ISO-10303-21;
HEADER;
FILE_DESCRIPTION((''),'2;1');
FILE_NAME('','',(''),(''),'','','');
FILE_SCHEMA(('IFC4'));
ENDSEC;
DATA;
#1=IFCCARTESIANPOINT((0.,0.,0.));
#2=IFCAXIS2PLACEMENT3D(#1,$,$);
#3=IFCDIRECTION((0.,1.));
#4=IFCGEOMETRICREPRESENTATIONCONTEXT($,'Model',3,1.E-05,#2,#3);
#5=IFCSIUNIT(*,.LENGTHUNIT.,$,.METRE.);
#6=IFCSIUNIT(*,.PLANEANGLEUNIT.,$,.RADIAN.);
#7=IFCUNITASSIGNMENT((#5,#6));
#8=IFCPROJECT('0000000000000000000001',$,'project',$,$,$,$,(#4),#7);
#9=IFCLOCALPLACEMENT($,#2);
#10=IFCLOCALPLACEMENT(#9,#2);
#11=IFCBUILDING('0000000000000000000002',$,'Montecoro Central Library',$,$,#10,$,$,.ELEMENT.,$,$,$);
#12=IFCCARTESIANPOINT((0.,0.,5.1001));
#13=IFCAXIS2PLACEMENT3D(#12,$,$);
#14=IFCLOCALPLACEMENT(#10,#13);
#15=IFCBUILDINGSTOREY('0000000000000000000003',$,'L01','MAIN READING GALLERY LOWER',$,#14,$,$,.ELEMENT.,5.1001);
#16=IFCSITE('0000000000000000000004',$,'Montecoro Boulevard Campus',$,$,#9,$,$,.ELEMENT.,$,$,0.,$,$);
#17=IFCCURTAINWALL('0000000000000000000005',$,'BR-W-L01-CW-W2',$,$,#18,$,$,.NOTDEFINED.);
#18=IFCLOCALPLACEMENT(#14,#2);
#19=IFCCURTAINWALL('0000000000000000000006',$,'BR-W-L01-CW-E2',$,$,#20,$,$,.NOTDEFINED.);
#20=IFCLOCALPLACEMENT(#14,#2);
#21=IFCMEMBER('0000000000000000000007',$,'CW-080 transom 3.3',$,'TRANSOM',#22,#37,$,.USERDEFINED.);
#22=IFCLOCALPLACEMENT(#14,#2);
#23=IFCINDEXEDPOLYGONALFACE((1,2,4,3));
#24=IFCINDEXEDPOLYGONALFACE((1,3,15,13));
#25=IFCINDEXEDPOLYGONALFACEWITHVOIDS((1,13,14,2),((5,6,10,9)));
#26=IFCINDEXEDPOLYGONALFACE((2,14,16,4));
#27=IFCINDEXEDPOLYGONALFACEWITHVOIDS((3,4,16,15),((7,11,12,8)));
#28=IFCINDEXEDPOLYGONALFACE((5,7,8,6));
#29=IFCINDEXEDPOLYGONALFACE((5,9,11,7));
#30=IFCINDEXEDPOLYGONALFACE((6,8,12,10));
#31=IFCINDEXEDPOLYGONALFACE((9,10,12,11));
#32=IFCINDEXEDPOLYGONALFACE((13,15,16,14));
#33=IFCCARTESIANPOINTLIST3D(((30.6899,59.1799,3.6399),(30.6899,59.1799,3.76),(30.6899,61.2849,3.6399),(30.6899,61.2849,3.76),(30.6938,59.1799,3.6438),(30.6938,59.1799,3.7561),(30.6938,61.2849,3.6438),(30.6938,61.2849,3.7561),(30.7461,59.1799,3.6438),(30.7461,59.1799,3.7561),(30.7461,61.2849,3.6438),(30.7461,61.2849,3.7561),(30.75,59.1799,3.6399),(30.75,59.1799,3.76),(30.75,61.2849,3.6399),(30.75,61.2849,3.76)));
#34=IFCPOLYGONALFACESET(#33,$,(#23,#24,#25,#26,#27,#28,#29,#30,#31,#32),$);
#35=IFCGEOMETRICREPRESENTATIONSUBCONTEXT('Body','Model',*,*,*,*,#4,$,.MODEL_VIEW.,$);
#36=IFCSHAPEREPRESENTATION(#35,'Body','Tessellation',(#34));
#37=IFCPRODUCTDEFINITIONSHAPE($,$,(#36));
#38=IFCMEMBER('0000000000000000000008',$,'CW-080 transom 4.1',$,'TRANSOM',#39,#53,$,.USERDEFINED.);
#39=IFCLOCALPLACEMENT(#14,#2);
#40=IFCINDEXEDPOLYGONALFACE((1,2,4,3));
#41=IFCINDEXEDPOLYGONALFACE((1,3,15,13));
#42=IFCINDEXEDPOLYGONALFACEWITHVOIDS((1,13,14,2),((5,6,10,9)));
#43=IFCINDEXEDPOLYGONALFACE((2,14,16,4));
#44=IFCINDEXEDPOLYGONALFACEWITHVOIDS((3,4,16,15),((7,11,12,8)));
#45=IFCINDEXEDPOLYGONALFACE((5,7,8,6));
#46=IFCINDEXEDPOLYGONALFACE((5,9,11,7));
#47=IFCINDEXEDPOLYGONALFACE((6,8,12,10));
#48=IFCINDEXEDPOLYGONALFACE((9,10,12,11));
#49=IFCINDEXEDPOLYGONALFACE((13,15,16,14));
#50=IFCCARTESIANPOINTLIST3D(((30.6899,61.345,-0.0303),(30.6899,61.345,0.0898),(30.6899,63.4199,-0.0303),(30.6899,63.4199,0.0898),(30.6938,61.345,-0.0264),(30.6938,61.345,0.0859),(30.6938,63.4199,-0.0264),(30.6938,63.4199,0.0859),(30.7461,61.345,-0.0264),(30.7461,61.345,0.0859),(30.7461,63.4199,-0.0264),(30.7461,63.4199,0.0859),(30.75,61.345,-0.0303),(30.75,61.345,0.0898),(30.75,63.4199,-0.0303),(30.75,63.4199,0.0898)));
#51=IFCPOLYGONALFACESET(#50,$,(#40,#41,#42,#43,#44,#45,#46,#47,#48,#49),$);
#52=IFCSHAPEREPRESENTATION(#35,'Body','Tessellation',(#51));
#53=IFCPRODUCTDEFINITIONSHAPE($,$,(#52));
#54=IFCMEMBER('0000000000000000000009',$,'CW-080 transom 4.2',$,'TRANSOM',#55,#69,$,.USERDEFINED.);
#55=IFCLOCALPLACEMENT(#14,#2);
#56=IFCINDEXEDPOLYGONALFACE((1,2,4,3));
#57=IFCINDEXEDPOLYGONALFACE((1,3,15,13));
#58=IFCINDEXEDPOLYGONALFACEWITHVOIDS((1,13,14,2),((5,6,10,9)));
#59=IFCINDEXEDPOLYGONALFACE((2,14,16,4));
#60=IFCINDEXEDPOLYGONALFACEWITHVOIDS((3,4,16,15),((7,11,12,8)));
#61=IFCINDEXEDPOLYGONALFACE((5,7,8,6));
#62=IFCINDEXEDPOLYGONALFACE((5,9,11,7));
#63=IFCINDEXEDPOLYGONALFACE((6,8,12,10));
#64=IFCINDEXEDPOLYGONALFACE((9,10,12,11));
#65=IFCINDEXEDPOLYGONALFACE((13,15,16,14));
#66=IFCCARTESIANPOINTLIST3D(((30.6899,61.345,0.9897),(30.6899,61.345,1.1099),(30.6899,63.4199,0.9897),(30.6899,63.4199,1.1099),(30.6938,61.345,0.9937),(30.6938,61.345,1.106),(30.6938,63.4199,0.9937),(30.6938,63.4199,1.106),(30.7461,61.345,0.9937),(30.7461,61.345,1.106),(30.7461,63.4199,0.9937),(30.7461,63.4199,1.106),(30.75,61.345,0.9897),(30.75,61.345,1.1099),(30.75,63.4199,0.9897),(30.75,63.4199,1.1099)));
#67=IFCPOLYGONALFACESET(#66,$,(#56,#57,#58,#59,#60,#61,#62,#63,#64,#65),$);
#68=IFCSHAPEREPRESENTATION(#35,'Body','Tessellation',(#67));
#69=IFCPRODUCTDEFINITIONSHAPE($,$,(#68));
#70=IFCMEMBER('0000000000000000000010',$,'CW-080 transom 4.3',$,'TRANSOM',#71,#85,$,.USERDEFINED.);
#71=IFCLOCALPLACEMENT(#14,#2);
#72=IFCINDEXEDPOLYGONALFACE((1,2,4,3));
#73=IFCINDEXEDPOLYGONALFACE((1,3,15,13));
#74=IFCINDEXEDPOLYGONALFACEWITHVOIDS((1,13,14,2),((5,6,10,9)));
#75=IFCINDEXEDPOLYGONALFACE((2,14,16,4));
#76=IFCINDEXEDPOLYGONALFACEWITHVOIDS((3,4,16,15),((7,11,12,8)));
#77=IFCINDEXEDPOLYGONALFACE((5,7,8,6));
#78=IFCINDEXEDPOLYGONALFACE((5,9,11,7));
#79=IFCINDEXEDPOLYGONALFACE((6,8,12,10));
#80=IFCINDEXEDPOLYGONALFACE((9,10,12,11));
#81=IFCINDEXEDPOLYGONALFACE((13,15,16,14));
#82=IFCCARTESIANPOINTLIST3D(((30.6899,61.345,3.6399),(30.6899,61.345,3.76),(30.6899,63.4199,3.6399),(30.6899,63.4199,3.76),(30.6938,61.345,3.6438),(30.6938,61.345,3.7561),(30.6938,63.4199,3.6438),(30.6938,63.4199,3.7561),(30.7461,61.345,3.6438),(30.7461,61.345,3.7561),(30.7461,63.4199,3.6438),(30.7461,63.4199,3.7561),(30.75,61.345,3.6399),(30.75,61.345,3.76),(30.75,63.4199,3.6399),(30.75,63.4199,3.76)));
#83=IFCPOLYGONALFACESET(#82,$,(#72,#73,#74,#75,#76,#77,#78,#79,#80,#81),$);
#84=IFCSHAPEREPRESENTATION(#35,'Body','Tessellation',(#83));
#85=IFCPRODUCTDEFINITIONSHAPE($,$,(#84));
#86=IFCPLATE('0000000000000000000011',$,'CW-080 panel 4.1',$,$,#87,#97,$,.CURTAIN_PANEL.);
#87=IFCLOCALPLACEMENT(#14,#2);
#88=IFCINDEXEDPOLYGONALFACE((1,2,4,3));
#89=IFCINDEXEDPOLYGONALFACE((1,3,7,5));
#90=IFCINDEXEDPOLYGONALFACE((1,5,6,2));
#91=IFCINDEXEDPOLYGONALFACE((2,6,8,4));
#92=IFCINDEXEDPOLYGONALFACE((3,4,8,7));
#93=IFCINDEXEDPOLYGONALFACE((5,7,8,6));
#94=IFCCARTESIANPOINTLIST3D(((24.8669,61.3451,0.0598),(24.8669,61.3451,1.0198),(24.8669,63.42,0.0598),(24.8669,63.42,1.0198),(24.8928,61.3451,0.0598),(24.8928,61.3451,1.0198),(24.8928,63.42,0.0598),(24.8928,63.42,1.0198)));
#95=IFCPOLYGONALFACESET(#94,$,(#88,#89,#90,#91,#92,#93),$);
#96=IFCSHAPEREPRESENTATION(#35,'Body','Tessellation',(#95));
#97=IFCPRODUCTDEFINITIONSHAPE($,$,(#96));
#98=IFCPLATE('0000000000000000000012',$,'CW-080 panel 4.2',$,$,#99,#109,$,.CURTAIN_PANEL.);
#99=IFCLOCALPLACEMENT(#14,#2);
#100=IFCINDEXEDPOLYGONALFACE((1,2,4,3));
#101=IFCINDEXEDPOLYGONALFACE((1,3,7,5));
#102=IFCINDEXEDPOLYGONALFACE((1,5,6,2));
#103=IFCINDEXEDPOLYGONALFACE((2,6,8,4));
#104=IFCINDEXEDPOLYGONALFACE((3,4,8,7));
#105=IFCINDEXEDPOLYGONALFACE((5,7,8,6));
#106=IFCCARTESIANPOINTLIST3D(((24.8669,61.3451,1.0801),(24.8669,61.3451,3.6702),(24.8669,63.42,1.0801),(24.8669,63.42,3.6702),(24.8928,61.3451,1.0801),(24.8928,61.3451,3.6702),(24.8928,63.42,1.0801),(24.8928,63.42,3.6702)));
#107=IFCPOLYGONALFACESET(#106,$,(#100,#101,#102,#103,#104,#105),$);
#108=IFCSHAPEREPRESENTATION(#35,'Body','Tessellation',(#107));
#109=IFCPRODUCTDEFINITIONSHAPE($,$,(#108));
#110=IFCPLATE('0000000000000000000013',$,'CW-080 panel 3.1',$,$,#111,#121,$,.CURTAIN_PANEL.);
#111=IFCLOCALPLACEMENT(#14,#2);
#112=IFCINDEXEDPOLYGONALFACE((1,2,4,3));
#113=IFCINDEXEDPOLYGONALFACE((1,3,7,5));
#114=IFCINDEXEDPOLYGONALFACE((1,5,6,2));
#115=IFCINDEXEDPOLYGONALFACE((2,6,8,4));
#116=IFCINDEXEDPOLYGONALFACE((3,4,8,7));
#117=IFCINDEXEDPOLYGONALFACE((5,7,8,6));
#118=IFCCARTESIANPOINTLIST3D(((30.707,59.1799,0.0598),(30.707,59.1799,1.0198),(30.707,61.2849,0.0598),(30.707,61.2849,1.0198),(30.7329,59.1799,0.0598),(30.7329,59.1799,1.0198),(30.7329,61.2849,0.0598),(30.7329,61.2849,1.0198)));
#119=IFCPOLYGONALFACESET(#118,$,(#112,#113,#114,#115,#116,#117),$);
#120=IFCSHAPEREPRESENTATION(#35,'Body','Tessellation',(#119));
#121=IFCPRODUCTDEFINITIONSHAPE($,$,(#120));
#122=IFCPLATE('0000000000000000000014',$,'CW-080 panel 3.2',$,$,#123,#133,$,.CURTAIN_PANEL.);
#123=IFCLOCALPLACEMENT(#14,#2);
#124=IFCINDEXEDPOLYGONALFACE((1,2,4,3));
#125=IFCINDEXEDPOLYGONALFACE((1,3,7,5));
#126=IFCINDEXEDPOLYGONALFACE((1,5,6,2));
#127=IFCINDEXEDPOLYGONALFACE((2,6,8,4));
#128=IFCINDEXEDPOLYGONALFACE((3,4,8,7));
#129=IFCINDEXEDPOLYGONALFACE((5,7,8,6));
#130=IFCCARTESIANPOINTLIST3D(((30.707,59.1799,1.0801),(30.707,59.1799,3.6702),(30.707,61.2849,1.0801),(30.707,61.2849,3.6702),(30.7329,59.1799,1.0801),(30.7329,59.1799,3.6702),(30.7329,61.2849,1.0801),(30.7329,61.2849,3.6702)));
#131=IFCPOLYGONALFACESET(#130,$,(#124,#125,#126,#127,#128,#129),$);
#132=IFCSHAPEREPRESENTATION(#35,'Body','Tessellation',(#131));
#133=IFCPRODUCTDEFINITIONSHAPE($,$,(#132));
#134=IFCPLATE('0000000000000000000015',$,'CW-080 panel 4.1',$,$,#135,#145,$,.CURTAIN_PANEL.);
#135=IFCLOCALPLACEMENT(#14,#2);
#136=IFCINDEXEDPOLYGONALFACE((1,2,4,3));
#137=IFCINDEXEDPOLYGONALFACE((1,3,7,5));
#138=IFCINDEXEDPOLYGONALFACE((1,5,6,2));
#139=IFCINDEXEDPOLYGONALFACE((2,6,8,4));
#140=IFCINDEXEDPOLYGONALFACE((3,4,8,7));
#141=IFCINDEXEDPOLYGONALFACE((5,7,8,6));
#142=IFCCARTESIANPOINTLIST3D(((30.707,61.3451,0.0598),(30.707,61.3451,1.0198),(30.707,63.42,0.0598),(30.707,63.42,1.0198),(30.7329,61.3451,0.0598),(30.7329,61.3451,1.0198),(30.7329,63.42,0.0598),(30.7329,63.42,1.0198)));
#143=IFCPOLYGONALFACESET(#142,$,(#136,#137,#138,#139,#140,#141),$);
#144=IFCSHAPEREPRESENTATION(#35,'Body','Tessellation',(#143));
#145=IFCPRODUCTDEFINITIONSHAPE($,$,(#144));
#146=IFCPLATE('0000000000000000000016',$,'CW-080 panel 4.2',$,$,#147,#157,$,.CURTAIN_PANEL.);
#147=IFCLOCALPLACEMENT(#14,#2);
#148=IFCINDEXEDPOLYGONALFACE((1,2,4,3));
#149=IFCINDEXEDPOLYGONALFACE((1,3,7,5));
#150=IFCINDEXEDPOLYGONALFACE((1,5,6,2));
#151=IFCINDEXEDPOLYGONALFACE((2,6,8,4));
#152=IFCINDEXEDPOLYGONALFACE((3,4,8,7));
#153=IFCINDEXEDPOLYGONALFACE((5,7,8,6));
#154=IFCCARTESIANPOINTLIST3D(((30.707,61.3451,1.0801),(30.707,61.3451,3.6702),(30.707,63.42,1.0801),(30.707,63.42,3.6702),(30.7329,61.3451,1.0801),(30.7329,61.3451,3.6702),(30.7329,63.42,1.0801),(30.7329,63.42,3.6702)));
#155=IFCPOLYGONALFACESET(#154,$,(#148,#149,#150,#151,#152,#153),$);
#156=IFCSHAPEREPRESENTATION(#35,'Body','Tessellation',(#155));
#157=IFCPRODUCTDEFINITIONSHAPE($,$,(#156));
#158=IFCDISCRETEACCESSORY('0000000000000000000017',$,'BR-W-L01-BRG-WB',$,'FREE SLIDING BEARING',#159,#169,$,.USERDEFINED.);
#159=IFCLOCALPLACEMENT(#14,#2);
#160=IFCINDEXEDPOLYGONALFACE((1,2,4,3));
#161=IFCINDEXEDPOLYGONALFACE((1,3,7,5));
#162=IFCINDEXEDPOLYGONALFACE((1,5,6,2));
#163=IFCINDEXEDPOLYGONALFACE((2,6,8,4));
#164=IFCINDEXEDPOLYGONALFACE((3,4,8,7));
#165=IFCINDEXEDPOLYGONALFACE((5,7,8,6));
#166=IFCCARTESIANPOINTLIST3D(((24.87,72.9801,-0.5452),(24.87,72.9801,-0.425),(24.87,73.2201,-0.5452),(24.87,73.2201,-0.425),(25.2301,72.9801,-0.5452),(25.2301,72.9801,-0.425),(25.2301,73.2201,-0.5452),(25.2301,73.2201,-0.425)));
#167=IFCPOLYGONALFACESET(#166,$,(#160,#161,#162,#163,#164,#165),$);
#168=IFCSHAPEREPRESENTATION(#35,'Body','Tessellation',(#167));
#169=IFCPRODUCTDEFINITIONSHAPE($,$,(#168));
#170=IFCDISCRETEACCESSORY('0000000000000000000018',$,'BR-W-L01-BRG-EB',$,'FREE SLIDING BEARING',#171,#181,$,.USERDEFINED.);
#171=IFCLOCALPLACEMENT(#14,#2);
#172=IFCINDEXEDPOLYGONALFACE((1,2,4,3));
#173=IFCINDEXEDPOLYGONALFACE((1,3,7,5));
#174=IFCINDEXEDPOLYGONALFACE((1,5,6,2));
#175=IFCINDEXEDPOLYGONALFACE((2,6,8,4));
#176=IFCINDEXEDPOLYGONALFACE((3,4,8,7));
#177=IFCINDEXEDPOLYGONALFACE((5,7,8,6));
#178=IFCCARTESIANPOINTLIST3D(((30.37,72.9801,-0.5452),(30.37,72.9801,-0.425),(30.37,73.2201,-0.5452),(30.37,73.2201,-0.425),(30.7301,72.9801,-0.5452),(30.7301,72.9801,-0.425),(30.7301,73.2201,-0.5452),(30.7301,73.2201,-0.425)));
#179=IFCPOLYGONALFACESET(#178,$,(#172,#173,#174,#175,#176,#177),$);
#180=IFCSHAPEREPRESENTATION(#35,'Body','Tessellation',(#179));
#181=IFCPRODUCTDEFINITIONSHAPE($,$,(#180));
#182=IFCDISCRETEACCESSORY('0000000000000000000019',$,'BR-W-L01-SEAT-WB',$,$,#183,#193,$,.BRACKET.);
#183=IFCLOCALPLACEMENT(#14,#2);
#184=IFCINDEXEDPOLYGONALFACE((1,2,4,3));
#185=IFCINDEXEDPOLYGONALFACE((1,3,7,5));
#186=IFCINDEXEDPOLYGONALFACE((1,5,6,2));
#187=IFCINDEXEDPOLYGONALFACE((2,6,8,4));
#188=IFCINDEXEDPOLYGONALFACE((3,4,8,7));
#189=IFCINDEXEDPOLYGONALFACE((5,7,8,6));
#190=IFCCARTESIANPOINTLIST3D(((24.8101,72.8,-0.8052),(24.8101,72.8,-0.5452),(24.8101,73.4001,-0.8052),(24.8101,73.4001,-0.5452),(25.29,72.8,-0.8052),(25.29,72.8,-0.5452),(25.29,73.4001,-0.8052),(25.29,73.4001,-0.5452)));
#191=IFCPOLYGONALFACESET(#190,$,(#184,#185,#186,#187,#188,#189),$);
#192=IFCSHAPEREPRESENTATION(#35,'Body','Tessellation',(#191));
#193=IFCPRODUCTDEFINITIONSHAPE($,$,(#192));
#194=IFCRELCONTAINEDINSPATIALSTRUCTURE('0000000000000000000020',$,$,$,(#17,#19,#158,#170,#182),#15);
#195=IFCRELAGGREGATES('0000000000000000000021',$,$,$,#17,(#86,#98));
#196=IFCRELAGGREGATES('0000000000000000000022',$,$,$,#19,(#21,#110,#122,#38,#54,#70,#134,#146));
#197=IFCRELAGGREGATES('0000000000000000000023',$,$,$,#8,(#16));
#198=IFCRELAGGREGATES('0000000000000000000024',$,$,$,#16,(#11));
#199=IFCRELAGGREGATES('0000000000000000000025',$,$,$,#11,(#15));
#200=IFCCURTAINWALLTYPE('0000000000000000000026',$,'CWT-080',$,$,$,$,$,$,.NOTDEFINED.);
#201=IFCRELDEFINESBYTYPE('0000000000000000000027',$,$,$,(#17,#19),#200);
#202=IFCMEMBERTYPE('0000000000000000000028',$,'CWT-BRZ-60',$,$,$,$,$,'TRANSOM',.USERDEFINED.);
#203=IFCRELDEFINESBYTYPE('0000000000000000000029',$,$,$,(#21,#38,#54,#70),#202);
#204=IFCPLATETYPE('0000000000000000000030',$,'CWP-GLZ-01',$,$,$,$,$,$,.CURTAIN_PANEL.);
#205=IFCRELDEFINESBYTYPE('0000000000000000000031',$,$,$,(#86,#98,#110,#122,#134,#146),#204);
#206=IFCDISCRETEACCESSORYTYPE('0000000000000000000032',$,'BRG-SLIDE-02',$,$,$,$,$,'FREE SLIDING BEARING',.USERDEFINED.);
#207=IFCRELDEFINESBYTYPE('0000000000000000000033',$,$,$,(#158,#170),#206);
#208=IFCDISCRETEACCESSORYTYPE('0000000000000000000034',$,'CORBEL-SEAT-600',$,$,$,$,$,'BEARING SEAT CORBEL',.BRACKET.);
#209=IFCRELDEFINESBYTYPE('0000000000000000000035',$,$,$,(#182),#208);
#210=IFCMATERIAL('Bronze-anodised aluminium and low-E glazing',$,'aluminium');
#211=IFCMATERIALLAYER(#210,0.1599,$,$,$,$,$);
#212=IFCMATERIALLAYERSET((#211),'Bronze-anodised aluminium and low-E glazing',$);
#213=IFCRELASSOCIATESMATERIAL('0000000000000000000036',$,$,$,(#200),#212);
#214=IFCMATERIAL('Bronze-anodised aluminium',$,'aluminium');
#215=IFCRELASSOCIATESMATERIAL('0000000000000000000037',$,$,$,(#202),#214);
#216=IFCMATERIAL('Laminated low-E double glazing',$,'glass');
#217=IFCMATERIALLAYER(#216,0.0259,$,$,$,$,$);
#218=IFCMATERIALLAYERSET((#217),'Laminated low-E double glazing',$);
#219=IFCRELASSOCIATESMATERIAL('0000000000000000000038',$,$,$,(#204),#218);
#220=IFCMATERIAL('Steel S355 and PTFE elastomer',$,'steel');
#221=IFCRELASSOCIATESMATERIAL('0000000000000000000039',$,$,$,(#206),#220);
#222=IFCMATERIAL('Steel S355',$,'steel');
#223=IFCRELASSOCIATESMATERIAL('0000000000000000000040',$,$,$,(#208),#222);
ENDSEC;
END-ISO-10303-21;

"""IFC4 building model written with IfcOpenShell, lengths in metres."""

from ifc_helpers import new_model, si_unit, direction, frame, origin, origin_2d, place, context, subcontext, project, spatial, rectangle, hollow_rectangle, extrude, material, layer, layer_set, material_profile, profile_set, type_object, element, aggregate, save


model = new_model("IFC4")

# Units and contexts
model_context = context("Model", 3, precision=1e-05, world=origin(), true_north=direction((0.0, 1.0)))
body_context = subcontext(model_context, "Body", "Model", "MODEL_VIEW")
ifc_project = project(units=[si_unit("LENGTHUNIT", "METRE"), si_unit("PLANEANGLEUNIT", "RADIAN")], contexts=[model_context])

# Site, building, storey
site_placement = place(None, origin())
site = spatial("IfcSite", under=ifc_project, at=site_placement, Name="Montecoro Boulevard Campus", CompositionType="ELEMENT", RefElevation=0.0)
building_placement = place(site_placement, origin())
building = spatial("IfcBuilding", under=site, at=building_placement, Name="Montecoro Central Library", CompositionType="ELEMENT")
storey_placement = place(building_placement, frame((0.0, 0.0, 5.1001)))
storey = spatial("IfcBuildingStorey", under=building, at=storey_placement, Name="L01", Description="MAIN READING GALLERY LOWER", CompositionType="ELEMENT", Elevation=5.1001)

# Shared definitions
ifc_material_1 = material(Name="Steel S355", Category="steel")

# Curtain wall
ifc_material_2 = material(Name="Bronze-anodised aluminium and low-E glazing", Category="aluminium")
ifc_layer_1 = layer(ifc_material_2, 0.1599)
ifc_layer_set_1 = layer_set([ifc_layer_1], Name="Bronze-anodised aluminium and low-E glazing")
curtain_wall_type = type_object("IfcCurtainWallType", Name="CWT-080", PredefinedType="NOTDEFINED", material=ifc_layer_set_1)
curtain_wall_1_placement = place(storey_placement, origin())
curtain_wall_1 = element("IfcCurtainWall", 1, at=curtain_wall_1_placement, inside=storey, type_object=curtain_wall_type, Name="BR-W-L01-CW-W2", PredefinedType="NOTDEFINED")
ifc_material_3 = material(Name="Bronze-anodised aluminium", Category="aluminium")

# Curtain wall
curtain_wall_2_placement = place(storey_placement, origin())
curtain_wall_2 = element("IfcCurtainWall", 2, at=curtain_wall_2_placement, inside=storey, type_object=curtain_wall_type, Name="BR-W-L01-CW-E2", PredefinedType="NOTDEFINED")

# Members
ifc_material_profile_1 = material_profile(ifc_material_3, hollow_rectangle(XDim=0.0601, YDim=0.1201, WallThickness=0.0039, at=origin_2d()), Name="CWT 120x60x4.0")
ifc_profile_set_1 = profile_set([ifc_material_profile_1], Name="Bronze-anodised aluminium")
member_type_1 = type_object("IfcMemberType", Name="CWT-BRZ-60", ElementType="TRANSOM", PredefinedType="USERDEFINED", material=ifc_profile_set_1)
member_1_placement = place(storey_placement, frame((30.72, 59.1799, 3.7), z_axis=(0.0, 1.0, 0.0), x_axis=(-1.0, 0.0, 0.0)))
member_1 = element("IfcMember", 3, at=member_1_placement, type_object=member_type_1, Name="CW-080 transom 3.3", ObjectType="TRANSOM", PredefinedType="USERDEFINED", context=body_context, shape_type="SweptSolid", body=[
    extrude(hollow_rectangle(XDim=0.0601, YDim=0.1201, WallThickness=0.0039, at=origin_2d()), origin(), (0.0, 0.0, 1.0), 2.105),
])
member_2_placement = place(storey_placement, frame((30.72, 61.345, 0.0298), z_axis=(0.0, 1.0, 0.0), x_axis=(-1.0, 0.0, 0.0)))
member_2 = element("IfcMember", 4, at=member_2_placement, type_object=member_type_1, Name="CW-080 transom 4.1", ObjectType="TRANSOM", PredefinedType="USERDEFINED", context=body_context, shape_type="SweptSolid", body=[
    extrude(hollow_rectangle(XDim=0.0601, YDim=0.1201, WallThickness=0.0039, at=origin_2d()), origin(), (0.0, 0.0, 1.0), 2.075),
])
member_3_placement = place(storey_placement, frame((30.72, 61.345, 1.0498), z_axis=(0.0, 1.0, 0.0), x_axis=(-1.0, 0.0, 0.0)))
member_3 = element("IfcMember", 5, at=member_3_placement, type_object=member_type_1, Name="CW-080 transom 4.2", ObjectType="TRANSOM", PredefinedType="USERDEFINED", context=body_context, shape_type="SweptSolid", body=[
    extrude(hollow_rectangle(XDim=0.0601, YDim=0.1201, WallThickness=0.0039, at=origin_2d()), origin(), (0.0, 0.0, 1.0), 2.075),
])
member_4_placement = place(storey_placement, frame((30.72, 61.345, 3.7), z_axis=(0.0, 1.0, 0.0), x_axis=(-1.0, 0.0, 0.0)))
member_4 = element("IfcMember", 6, at=member_4_placement, type_object=member_type_1, Name="CW-080 transom 4.3", ObjectType="TRANSOM", PredefinedType="USERDEFINED", context=body_context, shape_type="SweptSolid", body=[
    extrude(hollow_rectangle(XDim=0.0601, YDim=0.1201, WallThickness=0.0039, at=origin_2d()), origin(), (0.0, 0.0, 1.0), 2.075),
])

# Plates
ifc_material_4 = material(Name="Laminated low-E double glazing", Category="glass")
ifc_layer_2 = layer(ifc_material_4, 0.0259)
ifc_layer_set_2 = layer_set([ifc_layer_2], Name="Laminated low-E double glazing")
plate_type = type_object("IfcPlateType", Name="CWP-GLZ-01", PredefinedType="CURTAIN_PANEL", material=ifc_layer_set_2)
plate_1_placement = place(storey_placement, frame((24.8799, 62.3826, 0.0598), z_axis=(0.0, 0.0, 1.0), x_axis=(0.0, 1.0, 0.0)))
plate_1 = element("IfcPlate", 7, at=plate_1_placement, type_object=plate_type, Name="CW-080 panel 4.1", PredefinedType="CURTAIN_PANEL", context=body_context, shape_type="SweptSolid", body=[
    extrude(rectangle(XDim=2.075, YDim=0.0259, at=origin_2d()), origin(), (0.0, 0.0, 1.0), 0.96),
])
plate_2_placement = place(storey_placement, frame((24.8799, 62.3826, 1.0801), z_axis=(0.0, 0.0, 1.0), x_axis=(0.0, 1.0, 0.0)))
plate_2 = element("IfcPlate", 8, at=plate_2_placement, type_object=plate_type, Name="CW-080 panel 4.2", PredefinedType="CURTAIN_PANEL", context=body_context, shape_type="SweptSolid", body=[
    extrude(rectangle(XDim=2.075, YDim=0.0259, at=origin_2d()), origin(), (0.0, 0.0, 1.0), 2.5901),
])
aggregate(curtain_wall_1, [plate_1, plate_2])
plate_3_placement = place(storey_placement, frame((30.72, 60.2324, 0.0598), z_axis=(0.0, 0.0, 1.0), x_axis=(0.0, 1.0, 0.0)))
plate_3 = element("IfcPlate", 9, at=plate_3_placement, type_object=plate_type, Name="CW-080 panel 3.1", PredefinedType="CURTAIN_PANEL", context=body_context, shape_type="SweptSolid", body=[
    extrude(rectangle(XDim=2.105, YDim=0.0259, at=origin_2d()), origin(), (0.0, 0.0, 1.0), 0.96),
])
plate_4_placement = place(storey_placement, frame((30.72, 60.2324, 1.0801), z_axis=(0.0, 0.0, 1.0), x_axis=(0.0, 1.0, 0.0)))
plate_4 = element("IfcPlate", 10, at=plate_4_placement, type_object=plate_type, Name="CW-080 panel 3.2", PredefinedType="CURTAIN_PANEL", context=body_context, shape_type="SweptSolid", body=[
    extrude(rectangle(XDim=2.105, YDim=0.0259, at=origin_2d()), origin(), (0.0, 0.0, 1.0), 2.5901),
])
plate_5_placement = place(storey_placement, frame((30.72, 62.3826, 0.0598), z_axis=(0.0, 0.0, 1.0), x_axis=(0.0, 1.0, 0.0)))
plate_5 = element("IfcPlate", 11, at=plate_5_placement, type_object=plate_type, Name="CW-080 panel 4.1", PredefinedType="CURTAIN_PANEL", context=body_context, shape_type="SweptSolid", body=[
    extrude(rectangle(XDim=2.075, YDim=0.0259, at=origin_2d()), origin(), (0.0, 0.0, 1.0), 0.96),
])
plate_6_placement = place(storey_placement, frame((30.72, 62.3826, 1.0801), z_axis=(0.0, 0.0, 1.0), x_axis=(0.0, 1.0, 0.0)))
plate_6 = element("IfcPlate", 12, at=plate_6_placement, type_object=plate_type, Name="CW-080 panel 4.2", PredefinedType="CURTAIN_PANEL", context=body_context, shape_type="SweptSolid", body=[
    extrude(rectangle(XDim=2.075, YDim=0.0259, at=origin_2d()), origin(), (0.0, 0.0, 1.0), 2.5901),
])
aggregate(curtain_wall_2, [member_1, plate_3, plate_4, member_2, member_3, member_4, plate_5, plate_6])

# Discrete accessories
ifc_material_5 = material(Name="Steel S355 and PTFE elastomer", Category="steel")
discrete_accessory_type_1 = type_object("IfcDiscreteAccessoryType", Name="BRG-SLIDE-02", ElementType="FREE SLIDING BEARING", PredefinedType="USERDEFINED", material=ifc_material_5)
for number, where, z_axis, x_axis, name in (
    (13, (25.05, 73.1001, -0.5452), (0.0, 0.0, 1.0), (1.0, 0.0, 0.0), "BR-W-L01-BRG-WB"),
    (14, (30.55, 73.1001, -0.5452), (0.0, 0.0, 1.0), (1.0, 0.0, 0.0), "BR-W-L01-BRG-EB"),
):
    element("IfcDiscreteAccessory", number, at=place(storey_placement, frame(where, z_axis=z_axis, x_axis=x_axis)), inside=storey, type_object=discrete_accessory_type_1, Name=name, ObjectType="FREE SLIDING BEARING", PredefinedType="USERDEFINED", context=body_context, shape_type="SweptSolid", body=[
        extrude(rectangle(XDim=0.3601, YDim=0.24, at=origin_2d()), origin(), (0.0, 0.0, 1.0), 0.1201),
    ])
discrete_accessory_type_2 = type_object("IfcDiscreteAccessoryType", Name="CORBEL-SEAT-600", ElementType="BEARING SEAT CORBEL", PredefinedType="BRACKET", material=ifc_material_1)
for number, where, z_axis, x_axis, name in (
    (15, (25.05, 73.1001, -0.8052), (0.0, 0.0, 1.0), (1.0, 0.0, 0.0), "BR-W-L01-SEAT-WB"),
):
    element("IfcDiscreteAccessory", number, at=place(storey_placement, frame(where, z_axis=z_axis, x_axis=x_axis)), inside=storey, type_object=discrete_accessory_type_2, Name=name, PredefinedType="BRACKET", context=body_context, shape_type="SweptSolid", body=[
        extrude(rectangle(XDim=0.48, YDim=0.6001, at=origin_2d()), origin(), (0.0, 0.0, 1.0), 0.26),
    ])

save(model, "model.ifc")
